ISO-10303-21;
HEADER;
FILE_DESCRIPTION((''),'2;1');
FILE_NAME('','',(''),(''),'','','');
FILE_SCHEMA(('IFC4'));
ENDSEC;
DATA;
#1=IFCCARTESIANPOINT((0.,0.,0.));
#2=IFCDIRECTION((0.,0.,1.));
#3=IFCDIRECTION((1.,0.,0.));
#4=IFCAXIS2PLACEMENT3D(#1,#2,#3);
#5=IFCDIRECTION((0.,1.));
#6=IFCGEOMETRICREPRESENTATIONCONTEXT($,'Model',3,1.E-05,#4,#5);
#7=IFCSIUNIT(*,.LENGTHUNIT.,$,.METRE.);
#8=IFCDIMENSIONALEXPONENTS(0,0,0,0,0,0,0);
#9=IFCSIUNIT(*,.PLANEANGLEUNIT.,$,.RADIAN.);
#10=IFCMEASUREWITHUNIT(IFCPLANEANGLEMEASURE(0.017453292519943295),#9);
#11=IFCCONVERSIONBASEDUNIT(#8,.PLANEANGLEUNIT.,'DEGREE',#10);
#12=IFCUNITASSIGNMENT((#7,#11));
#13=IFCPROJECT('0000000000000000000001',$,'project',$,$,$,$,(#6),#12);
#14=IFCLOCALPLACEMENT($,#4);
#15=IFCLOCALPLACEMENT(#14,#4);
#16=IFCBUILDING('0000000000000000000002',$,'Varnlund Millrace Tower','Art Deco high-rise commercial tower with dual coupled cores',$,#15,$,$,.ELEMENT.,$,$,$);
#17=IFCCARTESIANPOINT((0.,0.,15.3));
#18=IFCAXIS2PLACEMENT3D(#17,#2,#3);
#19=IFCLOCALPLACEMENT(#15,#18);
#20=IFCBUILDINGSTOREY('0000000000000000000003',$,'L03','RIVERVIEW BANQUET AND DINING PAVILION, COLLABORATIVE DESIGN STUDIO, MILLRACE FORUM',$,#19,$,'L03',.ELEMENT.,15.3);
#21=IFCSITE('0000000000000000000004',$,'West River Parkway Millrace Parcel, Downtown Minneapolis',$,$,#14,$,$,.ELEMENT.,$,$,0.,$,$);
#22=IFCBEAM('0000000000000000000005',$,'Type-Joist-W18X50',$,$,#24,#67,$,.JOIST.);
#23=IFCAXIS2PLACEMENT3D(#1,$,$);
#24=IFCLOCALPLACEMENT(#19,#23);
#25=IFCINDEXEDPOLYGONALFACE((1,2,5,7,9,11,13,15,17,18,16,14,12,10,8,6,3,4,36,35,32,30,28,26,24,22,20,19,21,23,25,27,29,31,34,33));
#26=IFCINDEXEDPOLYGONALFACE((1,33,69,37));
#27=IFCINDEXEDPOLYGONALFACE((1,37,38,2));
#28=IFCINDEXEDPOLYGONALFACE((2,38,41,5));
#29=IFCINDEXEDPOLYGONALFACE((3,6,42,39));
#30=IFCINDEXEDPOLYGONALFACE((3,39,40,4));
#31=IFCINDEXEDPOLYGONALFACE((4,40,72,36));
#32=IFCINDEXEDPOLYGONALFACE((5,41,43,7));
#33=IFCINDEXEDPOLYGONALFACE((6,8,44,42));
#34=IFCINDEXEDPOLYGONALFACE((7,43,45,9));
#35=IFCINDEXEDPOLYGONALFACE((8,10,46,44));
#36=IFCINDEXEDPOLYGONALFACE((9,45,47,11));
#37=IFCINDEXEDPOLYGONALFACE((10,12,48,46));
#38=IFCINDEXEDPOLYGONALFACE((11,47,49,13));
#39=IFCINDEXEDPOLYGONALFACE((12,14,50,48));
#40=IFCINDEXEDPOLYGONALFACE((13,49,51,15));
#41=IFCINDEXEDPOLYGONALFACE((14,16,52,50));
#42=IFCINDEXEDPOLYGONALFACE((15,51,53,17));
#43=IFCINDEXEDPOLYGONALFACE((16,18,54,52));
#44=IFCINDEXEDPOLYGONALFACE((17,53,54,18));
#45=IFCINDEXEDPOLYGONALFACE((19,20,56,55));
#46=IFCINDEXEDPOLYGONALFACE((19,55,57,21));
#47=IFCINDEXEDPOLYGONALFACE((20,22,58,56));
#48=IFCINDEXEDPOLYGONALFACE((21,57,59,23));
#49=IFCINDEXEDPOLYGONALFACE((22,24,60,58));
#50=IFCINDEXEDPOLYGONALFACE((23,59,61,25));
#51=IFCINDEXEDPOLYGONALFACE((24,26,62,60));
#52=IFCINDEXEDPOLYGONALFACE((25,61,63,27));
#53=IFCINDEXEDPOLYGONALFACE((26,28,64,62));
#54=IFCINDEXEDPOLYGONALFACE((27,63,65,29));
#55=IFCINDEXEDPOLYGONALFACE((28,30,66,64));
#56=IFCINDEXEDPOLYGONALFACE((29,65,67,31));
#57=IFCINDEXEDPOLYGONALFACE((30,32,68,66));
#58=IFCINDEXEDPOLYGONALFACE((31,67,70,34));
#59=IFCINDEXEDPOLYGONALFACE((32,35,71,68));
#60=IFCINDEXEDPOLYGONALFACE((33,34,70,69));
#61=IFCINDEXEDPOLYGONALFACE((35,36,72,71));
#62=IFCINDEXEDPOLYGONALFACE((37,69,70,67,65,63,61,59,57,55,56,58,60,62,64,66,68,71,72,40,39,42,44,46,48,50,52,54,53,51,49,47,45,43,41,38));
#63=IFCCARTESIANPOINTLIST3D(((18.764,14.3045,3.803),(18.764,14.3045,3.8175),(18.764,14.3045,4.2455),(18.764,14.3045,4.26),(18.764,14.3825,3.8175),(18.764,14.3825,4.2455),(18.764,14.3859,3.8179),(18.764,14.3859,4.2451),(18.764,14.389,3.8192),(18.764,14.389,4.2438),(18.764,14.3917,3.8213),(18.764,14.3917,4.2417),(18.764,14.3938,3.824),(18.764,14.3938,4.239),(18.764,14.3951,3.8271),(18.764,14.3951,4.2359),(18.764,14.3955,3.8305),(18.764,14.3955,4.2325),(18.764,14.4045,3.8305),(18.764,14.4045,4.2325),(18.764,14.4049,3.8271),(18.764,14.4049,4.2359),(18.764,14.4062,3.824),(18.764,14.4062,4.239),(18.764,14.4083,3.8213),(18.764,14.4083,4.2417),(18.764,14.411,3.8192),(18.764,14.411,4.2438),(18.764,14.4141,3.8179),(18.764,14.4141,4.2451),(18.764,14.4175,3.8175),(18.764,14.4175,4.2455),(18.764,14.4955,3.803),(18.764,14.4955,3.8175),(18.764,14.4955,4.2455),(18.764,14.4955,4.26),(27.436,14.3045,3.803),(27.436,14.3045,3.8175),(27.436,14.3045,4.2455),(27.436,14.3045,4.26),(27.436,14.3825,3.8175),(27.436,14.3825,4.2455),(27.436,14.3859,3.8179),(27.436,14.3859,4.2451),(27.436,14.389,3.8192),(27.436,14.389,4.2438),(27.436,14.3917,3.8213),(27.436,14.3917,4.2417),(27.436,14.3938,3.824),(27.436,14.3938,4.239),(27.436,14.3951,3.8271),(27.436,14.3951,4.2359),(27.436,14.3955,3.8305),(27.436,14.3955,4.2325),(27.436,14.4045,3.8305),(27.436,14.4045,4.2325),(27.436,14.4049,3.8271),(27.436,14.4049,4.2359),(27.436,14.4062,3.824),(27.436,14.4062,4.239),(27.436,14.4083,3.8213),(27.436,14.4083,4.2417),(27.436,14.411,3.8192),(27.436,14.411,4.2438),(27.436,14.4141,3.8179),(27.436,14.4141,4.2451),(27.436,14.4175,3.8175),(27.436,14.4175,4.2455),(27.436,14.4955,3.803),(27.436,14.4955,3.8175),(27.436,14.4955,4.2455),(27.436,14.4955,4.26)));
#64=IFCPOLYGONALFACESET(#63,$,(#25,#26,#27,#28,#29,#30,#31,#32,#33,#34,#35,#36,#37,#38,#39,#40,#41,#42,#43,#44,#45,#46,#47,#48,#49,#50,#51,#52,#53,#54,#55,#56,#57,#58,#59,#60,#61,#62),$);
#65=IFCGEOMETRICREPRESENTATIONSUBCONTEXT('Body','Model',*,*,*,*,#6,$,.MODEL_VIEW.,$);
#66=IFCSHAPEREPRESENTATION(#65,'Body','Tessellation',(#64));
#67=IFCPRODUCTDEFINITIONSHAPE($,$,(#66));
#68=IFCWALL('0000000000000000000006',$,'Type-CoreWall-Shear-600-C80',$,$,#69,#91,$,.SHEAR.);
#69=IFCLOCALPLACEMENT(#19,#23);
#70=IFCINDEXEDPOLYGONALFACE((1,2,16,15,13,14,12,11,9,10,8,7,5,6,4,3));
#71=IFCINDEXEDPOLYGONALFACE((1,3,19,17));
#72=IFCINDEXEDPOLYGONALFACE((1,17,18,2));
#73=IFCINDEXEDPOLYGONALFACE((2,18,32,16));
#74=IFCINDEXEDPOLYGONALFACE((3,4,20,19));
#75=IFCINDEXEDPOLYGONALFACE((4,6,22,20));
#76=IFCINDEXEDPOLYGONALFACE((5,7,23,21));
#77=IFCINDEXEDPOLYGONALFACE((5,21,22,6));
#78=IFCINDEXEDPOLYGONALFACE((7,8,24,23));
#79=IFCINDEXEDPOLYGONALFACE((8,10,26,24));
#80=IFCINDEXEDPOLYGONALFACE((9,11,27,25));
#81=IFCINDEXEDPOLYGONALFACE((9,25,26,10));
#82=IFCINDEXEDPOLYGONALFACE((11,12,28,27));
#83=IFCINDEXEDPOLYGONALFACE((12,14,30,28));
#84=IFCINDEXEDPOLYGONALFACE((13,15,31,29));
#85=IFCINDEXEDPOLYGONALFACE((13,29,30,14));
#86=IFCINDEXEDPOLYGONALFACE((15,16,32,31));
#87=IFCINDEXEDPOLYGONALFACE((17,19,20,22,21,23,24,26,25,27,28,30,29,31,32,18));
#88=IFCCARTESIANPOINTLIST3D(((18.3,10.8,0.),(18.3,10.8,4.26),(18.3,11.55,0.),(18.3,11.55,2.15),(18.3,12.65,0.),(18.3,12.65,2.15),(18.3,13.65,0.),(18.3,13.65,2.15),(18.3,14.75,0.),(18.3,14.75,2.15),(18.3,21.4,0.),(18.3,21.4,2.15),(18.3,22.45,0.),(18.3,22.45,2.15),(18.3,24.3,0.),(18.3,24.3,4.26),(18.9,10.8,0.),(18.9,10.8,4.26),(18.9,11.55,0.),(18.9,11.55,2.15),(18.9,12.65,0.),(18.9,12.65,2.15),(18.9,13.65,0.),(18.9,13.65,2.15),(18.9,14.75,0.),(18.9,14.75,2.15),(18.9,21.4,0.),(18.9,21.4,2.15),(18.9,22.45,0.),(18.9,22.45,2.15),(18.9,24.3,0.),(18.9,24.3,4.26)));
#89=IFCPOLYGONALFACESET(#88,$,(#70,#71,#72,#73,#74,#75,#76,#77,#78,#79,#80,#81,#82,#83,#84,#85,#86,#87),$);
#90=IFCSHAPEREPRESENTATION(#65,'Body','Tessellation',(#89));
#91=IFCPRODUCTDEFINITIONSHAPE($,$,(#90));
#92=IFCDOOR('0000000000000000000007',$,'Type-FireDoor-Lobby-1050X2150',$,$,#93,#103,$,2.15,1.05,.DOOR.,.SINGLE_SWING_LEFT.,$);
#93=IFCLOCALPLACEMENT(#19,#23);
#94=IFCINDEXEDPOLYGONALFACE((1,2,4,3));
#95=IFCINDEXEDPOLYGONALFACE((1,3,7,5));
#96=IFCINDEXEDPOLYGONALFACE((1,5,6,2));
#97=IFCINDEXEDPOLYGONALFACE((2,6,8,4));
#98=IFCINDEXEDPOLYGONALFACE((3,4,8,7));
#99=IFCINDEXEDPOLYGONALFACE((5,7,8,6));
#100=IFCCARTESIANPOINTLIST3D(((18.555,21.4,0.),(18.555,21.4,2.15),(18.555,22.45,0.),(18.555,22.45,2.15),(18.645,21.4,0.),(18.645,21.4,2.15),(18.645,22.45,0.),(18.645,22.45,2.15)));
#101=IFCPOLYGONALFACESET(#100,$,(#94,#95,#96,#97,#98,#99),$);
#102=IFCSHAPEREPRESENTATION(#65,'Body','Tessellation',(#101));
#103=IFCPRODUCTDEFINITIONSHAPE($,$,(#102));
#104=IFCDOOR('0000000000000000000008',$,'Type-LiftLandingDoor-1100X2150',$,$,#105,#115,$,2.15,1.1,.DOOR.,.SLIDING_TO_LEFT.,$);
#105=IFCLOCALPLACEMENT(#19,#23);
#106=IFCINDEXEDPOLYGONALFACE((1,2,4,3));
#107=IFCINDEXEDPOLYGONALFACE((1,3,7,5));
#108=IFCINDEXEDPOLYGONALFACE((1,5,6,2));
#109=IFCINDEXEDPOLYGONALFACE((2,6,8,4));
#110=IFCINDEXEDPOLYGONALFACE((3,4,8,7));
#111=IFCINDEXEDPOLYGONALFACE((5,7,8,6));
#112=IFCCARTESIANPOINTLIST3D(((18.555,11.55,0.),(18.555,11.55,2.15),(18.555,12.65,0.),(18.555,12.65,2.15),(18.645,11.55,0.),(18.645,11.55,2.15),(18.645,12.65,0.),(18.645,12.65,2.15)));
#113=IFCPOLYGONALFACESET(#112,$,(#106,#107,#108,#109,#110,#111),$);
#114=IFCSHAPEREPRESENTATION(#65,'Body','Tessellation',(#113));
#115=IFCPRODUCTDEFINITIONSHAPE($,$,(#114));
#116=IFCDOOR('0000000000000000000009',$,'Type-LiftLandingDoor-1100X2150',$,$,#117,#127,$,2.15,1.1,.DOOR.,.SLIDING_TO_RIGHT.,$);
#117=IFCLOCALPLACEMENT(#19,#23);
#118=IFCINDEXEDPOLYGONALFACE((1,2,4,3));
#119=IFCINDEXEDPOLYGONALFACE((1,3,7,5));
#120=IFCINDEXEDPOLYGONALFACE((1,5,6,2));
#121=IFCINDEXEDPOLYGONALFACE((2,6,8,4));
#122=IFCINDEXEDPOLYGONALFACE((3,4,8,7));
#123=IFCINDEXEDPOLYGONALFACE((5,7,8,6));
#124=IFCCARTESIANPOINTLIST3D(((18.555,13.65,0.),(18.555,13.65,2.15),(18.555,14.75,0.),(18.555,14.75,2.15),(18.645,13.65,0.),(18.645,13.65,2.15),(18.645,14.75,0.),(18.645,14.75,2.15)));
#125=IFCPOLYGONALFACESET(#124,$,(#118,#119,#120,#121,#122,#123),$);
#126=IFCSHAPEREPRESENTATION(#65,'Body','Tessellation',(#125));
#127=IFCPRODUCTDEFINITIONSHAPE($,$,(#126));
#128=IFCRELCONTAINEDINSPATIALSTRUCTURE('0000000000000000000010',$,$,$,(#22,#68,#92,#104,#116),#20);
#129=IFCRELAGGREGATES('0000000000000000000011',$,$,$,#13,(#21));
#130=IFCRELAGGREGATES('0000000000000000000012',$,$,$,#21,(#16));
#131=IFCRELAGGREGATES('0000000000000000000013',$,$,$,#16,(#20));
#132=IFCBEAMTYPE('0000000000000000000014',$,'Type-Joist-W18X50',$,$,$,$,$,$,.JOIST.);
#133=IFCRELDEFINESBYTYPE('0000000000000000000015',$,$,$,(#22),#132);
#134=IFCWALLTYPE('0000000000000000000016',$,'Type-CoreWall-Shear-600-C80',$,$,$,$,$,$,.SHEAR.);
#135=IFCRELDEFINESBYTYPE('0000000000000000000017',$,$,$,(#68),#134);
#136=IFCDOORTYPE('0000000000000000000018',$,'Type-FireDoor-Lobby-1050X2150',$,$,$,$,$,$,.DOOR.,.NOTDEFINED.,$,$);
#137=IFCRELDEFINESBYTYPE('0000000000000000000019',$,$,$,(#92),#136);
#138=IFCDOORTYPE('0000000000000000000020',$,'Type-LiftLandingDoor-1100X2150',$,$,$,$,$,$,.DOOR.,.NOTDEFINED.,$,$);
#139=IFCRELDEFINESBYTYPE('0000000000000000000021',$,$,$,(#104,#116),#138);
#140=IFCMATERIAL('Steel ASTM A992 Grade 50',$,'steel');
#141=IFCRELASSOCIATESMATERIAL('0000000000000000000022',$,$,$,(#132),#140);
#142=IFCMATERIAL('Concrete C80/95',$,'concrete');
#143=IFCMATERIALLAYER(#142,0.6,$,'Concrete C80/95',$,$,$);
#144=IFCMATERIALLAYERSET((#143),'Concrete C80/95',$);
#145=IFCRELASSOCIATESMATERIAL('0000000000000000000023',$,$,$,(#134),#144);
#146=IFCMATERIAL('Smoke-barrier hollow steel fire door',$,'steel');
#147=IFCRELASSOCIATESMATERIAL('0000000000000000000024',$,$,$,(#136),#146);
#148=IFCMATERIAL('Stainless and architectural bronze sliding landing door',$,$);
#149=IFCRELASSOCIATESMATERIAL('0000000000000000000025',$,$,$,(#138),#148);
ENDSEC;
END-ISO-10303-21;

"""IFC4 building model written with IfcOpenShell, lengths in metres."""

from ifc_helpers import new_model, entity, si_unit, converted_unit, direction, frame, origin_with_axes, origin_2d_with_axis, place, context, subcontext, project, spatial, polyline, rectangle, i_section, outline, extrude, material, layer, layer_set, material_profile, profile_set, type_object, element, fill, save


model = new_model("IFC4")

# Units and contexts
model_context = context("Model", 3, precision=1e-05, world=origin_with_axes(), true_north=direction((0.0, 1.0)))
body_context = subcontext(model_context, "Body", "Model", "MODEL_VIEW")
ifc_project = project(units=[si_unit("LENGTHUNIT", "METRE"), converted_unit("PLANEANGLEUNIT", "DEGREE", entity("IfcPlaneAngleMeasure", 0.017453292519943295), si_unit("PLANEANGLEUNIT", "RADIAN"), dimensions=[0, 0, 0, 0, 0, 0, 0])], contexts=[model_context])

# Site, building, storey
site_placement = place(None, origin_with_axes())
site = spatial("IfcSite", under=ifc_project, at=site_placement, Name="West River Parkway Millrace Parcel, Downtown Minneapolis", CompositionType="ELEMENT", RefElevation=0.0)
building_placement = place(site_placement, origin_with_axes())
building = spatial("IfcBuilding", under=site, at=building_placement, Name="Varnlund Millrace Tower", Description="Art Deco high-rise commercial tower with dual coupled cores", CompositionType="ELEMENT")
storey_placement = place(building_placement, frame((0.0, 0.0, 15.3), z_axis=(0.0, 0.0, 1.0), x_axis=(1.0, 0.0, 0.0)))
storey = spatial("IfcBuildingStorey", under=building, at=storey_placement, Name="L03", Description="RIVERVIEW BANQUET AND DINING PAVILION, COLLABORATIVE DESIGN STUDIO, MILLRACE FORUM", LongName="L03", CompositionType="ELEMENT", Elevation=15.3)

# Shared definitions
ifc_material_1 = material(Name="Concrete C80/95", Category="concrete")

# Beam
ifc_material_2 = material(Name="Steel ASTM A992 Grade 50", Category="steel")
ifc_material_profile_1 = material_profile(ifc_material_2, i_section(OverallWidth=0.191, OverallDepth=0.457, WebThickness=0.009, FlangeThickness=0.0145, FilletRadius=0.013, at=origin_2d_with_axis()), Name="Steel ASTM A992 Grade 50")
ifc_profile_set_1 = profile_set([ifc_material_profile_1], Name="Steel ASTM A992 Grade 50")
beam_type_1 = type_object("IfcBeamType", Name="Type-Joist-W18X50", PredefinedType="JOIST", material=ifc_profile_set_1)
for number, where, z_axis, x_axis, name in (
    (1, (18.764, 14.4, 4.0315), (1.0, 0.0, 0.0), (0.0, 1.0, 0.0), "Type-Joist-W18X50"),
):
    element("IfcBeam", number, at=place(storey_placement, frame(where, z_axis=z_axis, x_axis=x_axis)), inside=storey, type_object=beam_type_1, Name=name, PredefinedType="JOIST", context=body_context, shape_type="SweptSolid", body=[
        extrude(i_section(OverallWidth=0.191, OverallDepth=0.457, WebThickness=0.009, FlangeThickness=0.0145, FilletRadius=0.013, at=origin_2d_with_axis()), origin_with_axes(), (0.0, 0.0, 1.0), 8.672),
    ])

# Wall, openings, doors
ifc_layer_1 = layer(ifc_material_1, 0.6, Name="Concrete C80/95")
ifc_layer_set_1 = layer_set([ifc_layer_1], Name="Concrete C80/95")
wall_type_1 = type_object("IfcWallType", Name="Type-CoreWall-Shear-600-C80", PredefinedType="SHEAR", material=ifc_layer_set_1)
wall_1_placement = place(storey_placement, frame((18.6, 10.8, 0.0), z_axis=(0.0, 0.0, 1.0), x_axis=(0.0, 1.0, 0.0)))
wall_1 = element("IfcWall", 2, at=wall_1_placement, inside=storey, type_object=wall_type_1, Name="Type-CoreWall-Shear-600-C80", PredefinedType="SHEAR", context=body_context, shape_type="SweptSolid", body=[
    extrude(outline(polyline([(0.0, -0.3), (13.5, -0.3), (13.5, 0.3), (0.0, 0.3), (0.0, -0.3)])), origin_with_axes(), (0.0, 0.0, 1.0), 4.26),
])
opening_1_placement = place(wall_1_placement, frame((1.3, 0.0, 0.0), z_axis=(0.0, 0.0, 1.0), x_axis=(1.0, 0.0, 0.0)))
opening_1 = element("IfcOpeningElement", 3, at=opening_1_placement, cuts=wall_1, PredefinedType="OPENING", context=body_context, shape_type="SweptSolid", body=[
    extrude(rectangle(XDim=1.1, YDim=0.62, at=origin_2d_with_axis()), origin_with_axes(), (0.0, 0.0, 1.0), 2.15),
])
opening_2_placement = place(wall_1_placement, frame((3.4, 0.0, 0.0), z_axis=(0.0, 0.0, 1.0), x_axis=(1.0, 0.0, 0.0)))
opening_2 = element("IfcOpeningElement", 4, at=opening_2_placement, cuts=wall_1, PredefinedType="OPENING", context=body_context, shape_type="SweptSolid", body=[
    extrude(rectangle(XDim=1.1, YDim=0.62, at=origin_2d_with_axis()), origin_with_axes(), (0.0, 0.0, 1.0), 2.15),
])
opening_3_placement = place(wall_1_placement, frame((11.125, 0.0, 0.0), z_axis=(0.0, 0.0, 1.0), x_axis=(1.0, 0.0, 0.0)))
opening_3 = element("IfcOpeningElement", 5, at=opening_3_placement, cuts=wall_1, PredefinedType="OPENING", context=body_context, shape_type="SweptSolid", body=[
    extrude(rectangle(XDim=1.05, YDim=0.62, at=origin_2d_with_axis()), origin_with_axes(), (0.0, 0.0, 1.0), 2.15),
])
ifc_material_3 = material(Name="Smoke-barrier hollow steel fire door", Category="steel")
door_type_1 = type_object("IfcDoorType", Name="Type-FireDoor-Lobby-1050X2150", OperationType="NOTDEFINED", PredefinedType="DOOR", material=ifc_material_3)
door_1_placement = place(wall_1_placement, frame((11.125, 0.0, 0.0), z_axis=(0.0, 0.0, 1.0), x_axis=(1.0, 0.0, 0.0)))
door_1 = element("IfcDoor", 6, at=door_1_placement, inside=storey, type_object=door_type_1, Name="Type-FireDoor-Lobby-1050X2150", OperationType="SINGLE_SWING_LEFT", OverallHeight=2.15, OverallWidth=1.05, PredefinedType="DOOR", context=body_context, shape_type="SweptSolid", body=[
    extrude(rectangle(XDim=1.05, YDim=0.09, at=origin_2d_with_axis()), origin_with_axes(), (0.0, 0.0, 1.0), 2.15),
])
fill(opening_3, door_1)
ifc_material_4 = material(Name="Stainless and architectural bronze sliding landing door")
door_type_2 = type_object("IfcDoorType", Name="Type-LiftLandingDoor-1100X2150", OperationType="NOTDEFINED", PredefinedType="DOOR", material=ifc_material_4)
door_2_placement = place(wall_1_placement, frame((1.3, 0.0, 0.0), z_axis=(0.0, 0.0, 1.0), x_axis=(1.0, 0.0, 0.0)))
door_2 = element("IfcDoor", 7, at=door_2_placement, inside=storey, type_object=door_type_2, Name="Type-LiftLandingDoor-1100X2150", OperationType="SLIDING_TO_LEFT", OverallHeight=2.15, OverallWidth=1.1, PredefinedType="DOOR", context=body_context, shape_type="SweptSolid", body=[
    extrude(rectangle(XDim=1.1, YDim=0.09, at=origin_2d_with_axis()), origin_with_axes(), (0.0, 0.0, 1.0), 2.15),
])
fill(opening_1, door_2)
door_3_placement = place(wall_1_placement, frame((3.4, 0.0, 0.0), z_axis=(0.0, 0.0, 1.0), x_axis=(1.0, 0.0, 0.0)))
door_3 = element("IfcDoor", 8, at=door_3_placement, inside=storey, type_object=door_type_2, Name="Type-LiftLandingDoor-1100X2150", OperationType="SLIDING_TO_RIGHT", OverallHeight=2.15, OverallWidth=1.1, PredefinedType="DOOR", context=body_context, shape_type="SweptSolid", body=[
    extrude(rectangle(XDim=1.1, YDim=0.09, at=origin_2d_with_axis()), origin_with_axes(), (0.0, 0.0, 1.0), 2.15),
])
fill(opening_2, door_3)

save(model, "model.ifc")
